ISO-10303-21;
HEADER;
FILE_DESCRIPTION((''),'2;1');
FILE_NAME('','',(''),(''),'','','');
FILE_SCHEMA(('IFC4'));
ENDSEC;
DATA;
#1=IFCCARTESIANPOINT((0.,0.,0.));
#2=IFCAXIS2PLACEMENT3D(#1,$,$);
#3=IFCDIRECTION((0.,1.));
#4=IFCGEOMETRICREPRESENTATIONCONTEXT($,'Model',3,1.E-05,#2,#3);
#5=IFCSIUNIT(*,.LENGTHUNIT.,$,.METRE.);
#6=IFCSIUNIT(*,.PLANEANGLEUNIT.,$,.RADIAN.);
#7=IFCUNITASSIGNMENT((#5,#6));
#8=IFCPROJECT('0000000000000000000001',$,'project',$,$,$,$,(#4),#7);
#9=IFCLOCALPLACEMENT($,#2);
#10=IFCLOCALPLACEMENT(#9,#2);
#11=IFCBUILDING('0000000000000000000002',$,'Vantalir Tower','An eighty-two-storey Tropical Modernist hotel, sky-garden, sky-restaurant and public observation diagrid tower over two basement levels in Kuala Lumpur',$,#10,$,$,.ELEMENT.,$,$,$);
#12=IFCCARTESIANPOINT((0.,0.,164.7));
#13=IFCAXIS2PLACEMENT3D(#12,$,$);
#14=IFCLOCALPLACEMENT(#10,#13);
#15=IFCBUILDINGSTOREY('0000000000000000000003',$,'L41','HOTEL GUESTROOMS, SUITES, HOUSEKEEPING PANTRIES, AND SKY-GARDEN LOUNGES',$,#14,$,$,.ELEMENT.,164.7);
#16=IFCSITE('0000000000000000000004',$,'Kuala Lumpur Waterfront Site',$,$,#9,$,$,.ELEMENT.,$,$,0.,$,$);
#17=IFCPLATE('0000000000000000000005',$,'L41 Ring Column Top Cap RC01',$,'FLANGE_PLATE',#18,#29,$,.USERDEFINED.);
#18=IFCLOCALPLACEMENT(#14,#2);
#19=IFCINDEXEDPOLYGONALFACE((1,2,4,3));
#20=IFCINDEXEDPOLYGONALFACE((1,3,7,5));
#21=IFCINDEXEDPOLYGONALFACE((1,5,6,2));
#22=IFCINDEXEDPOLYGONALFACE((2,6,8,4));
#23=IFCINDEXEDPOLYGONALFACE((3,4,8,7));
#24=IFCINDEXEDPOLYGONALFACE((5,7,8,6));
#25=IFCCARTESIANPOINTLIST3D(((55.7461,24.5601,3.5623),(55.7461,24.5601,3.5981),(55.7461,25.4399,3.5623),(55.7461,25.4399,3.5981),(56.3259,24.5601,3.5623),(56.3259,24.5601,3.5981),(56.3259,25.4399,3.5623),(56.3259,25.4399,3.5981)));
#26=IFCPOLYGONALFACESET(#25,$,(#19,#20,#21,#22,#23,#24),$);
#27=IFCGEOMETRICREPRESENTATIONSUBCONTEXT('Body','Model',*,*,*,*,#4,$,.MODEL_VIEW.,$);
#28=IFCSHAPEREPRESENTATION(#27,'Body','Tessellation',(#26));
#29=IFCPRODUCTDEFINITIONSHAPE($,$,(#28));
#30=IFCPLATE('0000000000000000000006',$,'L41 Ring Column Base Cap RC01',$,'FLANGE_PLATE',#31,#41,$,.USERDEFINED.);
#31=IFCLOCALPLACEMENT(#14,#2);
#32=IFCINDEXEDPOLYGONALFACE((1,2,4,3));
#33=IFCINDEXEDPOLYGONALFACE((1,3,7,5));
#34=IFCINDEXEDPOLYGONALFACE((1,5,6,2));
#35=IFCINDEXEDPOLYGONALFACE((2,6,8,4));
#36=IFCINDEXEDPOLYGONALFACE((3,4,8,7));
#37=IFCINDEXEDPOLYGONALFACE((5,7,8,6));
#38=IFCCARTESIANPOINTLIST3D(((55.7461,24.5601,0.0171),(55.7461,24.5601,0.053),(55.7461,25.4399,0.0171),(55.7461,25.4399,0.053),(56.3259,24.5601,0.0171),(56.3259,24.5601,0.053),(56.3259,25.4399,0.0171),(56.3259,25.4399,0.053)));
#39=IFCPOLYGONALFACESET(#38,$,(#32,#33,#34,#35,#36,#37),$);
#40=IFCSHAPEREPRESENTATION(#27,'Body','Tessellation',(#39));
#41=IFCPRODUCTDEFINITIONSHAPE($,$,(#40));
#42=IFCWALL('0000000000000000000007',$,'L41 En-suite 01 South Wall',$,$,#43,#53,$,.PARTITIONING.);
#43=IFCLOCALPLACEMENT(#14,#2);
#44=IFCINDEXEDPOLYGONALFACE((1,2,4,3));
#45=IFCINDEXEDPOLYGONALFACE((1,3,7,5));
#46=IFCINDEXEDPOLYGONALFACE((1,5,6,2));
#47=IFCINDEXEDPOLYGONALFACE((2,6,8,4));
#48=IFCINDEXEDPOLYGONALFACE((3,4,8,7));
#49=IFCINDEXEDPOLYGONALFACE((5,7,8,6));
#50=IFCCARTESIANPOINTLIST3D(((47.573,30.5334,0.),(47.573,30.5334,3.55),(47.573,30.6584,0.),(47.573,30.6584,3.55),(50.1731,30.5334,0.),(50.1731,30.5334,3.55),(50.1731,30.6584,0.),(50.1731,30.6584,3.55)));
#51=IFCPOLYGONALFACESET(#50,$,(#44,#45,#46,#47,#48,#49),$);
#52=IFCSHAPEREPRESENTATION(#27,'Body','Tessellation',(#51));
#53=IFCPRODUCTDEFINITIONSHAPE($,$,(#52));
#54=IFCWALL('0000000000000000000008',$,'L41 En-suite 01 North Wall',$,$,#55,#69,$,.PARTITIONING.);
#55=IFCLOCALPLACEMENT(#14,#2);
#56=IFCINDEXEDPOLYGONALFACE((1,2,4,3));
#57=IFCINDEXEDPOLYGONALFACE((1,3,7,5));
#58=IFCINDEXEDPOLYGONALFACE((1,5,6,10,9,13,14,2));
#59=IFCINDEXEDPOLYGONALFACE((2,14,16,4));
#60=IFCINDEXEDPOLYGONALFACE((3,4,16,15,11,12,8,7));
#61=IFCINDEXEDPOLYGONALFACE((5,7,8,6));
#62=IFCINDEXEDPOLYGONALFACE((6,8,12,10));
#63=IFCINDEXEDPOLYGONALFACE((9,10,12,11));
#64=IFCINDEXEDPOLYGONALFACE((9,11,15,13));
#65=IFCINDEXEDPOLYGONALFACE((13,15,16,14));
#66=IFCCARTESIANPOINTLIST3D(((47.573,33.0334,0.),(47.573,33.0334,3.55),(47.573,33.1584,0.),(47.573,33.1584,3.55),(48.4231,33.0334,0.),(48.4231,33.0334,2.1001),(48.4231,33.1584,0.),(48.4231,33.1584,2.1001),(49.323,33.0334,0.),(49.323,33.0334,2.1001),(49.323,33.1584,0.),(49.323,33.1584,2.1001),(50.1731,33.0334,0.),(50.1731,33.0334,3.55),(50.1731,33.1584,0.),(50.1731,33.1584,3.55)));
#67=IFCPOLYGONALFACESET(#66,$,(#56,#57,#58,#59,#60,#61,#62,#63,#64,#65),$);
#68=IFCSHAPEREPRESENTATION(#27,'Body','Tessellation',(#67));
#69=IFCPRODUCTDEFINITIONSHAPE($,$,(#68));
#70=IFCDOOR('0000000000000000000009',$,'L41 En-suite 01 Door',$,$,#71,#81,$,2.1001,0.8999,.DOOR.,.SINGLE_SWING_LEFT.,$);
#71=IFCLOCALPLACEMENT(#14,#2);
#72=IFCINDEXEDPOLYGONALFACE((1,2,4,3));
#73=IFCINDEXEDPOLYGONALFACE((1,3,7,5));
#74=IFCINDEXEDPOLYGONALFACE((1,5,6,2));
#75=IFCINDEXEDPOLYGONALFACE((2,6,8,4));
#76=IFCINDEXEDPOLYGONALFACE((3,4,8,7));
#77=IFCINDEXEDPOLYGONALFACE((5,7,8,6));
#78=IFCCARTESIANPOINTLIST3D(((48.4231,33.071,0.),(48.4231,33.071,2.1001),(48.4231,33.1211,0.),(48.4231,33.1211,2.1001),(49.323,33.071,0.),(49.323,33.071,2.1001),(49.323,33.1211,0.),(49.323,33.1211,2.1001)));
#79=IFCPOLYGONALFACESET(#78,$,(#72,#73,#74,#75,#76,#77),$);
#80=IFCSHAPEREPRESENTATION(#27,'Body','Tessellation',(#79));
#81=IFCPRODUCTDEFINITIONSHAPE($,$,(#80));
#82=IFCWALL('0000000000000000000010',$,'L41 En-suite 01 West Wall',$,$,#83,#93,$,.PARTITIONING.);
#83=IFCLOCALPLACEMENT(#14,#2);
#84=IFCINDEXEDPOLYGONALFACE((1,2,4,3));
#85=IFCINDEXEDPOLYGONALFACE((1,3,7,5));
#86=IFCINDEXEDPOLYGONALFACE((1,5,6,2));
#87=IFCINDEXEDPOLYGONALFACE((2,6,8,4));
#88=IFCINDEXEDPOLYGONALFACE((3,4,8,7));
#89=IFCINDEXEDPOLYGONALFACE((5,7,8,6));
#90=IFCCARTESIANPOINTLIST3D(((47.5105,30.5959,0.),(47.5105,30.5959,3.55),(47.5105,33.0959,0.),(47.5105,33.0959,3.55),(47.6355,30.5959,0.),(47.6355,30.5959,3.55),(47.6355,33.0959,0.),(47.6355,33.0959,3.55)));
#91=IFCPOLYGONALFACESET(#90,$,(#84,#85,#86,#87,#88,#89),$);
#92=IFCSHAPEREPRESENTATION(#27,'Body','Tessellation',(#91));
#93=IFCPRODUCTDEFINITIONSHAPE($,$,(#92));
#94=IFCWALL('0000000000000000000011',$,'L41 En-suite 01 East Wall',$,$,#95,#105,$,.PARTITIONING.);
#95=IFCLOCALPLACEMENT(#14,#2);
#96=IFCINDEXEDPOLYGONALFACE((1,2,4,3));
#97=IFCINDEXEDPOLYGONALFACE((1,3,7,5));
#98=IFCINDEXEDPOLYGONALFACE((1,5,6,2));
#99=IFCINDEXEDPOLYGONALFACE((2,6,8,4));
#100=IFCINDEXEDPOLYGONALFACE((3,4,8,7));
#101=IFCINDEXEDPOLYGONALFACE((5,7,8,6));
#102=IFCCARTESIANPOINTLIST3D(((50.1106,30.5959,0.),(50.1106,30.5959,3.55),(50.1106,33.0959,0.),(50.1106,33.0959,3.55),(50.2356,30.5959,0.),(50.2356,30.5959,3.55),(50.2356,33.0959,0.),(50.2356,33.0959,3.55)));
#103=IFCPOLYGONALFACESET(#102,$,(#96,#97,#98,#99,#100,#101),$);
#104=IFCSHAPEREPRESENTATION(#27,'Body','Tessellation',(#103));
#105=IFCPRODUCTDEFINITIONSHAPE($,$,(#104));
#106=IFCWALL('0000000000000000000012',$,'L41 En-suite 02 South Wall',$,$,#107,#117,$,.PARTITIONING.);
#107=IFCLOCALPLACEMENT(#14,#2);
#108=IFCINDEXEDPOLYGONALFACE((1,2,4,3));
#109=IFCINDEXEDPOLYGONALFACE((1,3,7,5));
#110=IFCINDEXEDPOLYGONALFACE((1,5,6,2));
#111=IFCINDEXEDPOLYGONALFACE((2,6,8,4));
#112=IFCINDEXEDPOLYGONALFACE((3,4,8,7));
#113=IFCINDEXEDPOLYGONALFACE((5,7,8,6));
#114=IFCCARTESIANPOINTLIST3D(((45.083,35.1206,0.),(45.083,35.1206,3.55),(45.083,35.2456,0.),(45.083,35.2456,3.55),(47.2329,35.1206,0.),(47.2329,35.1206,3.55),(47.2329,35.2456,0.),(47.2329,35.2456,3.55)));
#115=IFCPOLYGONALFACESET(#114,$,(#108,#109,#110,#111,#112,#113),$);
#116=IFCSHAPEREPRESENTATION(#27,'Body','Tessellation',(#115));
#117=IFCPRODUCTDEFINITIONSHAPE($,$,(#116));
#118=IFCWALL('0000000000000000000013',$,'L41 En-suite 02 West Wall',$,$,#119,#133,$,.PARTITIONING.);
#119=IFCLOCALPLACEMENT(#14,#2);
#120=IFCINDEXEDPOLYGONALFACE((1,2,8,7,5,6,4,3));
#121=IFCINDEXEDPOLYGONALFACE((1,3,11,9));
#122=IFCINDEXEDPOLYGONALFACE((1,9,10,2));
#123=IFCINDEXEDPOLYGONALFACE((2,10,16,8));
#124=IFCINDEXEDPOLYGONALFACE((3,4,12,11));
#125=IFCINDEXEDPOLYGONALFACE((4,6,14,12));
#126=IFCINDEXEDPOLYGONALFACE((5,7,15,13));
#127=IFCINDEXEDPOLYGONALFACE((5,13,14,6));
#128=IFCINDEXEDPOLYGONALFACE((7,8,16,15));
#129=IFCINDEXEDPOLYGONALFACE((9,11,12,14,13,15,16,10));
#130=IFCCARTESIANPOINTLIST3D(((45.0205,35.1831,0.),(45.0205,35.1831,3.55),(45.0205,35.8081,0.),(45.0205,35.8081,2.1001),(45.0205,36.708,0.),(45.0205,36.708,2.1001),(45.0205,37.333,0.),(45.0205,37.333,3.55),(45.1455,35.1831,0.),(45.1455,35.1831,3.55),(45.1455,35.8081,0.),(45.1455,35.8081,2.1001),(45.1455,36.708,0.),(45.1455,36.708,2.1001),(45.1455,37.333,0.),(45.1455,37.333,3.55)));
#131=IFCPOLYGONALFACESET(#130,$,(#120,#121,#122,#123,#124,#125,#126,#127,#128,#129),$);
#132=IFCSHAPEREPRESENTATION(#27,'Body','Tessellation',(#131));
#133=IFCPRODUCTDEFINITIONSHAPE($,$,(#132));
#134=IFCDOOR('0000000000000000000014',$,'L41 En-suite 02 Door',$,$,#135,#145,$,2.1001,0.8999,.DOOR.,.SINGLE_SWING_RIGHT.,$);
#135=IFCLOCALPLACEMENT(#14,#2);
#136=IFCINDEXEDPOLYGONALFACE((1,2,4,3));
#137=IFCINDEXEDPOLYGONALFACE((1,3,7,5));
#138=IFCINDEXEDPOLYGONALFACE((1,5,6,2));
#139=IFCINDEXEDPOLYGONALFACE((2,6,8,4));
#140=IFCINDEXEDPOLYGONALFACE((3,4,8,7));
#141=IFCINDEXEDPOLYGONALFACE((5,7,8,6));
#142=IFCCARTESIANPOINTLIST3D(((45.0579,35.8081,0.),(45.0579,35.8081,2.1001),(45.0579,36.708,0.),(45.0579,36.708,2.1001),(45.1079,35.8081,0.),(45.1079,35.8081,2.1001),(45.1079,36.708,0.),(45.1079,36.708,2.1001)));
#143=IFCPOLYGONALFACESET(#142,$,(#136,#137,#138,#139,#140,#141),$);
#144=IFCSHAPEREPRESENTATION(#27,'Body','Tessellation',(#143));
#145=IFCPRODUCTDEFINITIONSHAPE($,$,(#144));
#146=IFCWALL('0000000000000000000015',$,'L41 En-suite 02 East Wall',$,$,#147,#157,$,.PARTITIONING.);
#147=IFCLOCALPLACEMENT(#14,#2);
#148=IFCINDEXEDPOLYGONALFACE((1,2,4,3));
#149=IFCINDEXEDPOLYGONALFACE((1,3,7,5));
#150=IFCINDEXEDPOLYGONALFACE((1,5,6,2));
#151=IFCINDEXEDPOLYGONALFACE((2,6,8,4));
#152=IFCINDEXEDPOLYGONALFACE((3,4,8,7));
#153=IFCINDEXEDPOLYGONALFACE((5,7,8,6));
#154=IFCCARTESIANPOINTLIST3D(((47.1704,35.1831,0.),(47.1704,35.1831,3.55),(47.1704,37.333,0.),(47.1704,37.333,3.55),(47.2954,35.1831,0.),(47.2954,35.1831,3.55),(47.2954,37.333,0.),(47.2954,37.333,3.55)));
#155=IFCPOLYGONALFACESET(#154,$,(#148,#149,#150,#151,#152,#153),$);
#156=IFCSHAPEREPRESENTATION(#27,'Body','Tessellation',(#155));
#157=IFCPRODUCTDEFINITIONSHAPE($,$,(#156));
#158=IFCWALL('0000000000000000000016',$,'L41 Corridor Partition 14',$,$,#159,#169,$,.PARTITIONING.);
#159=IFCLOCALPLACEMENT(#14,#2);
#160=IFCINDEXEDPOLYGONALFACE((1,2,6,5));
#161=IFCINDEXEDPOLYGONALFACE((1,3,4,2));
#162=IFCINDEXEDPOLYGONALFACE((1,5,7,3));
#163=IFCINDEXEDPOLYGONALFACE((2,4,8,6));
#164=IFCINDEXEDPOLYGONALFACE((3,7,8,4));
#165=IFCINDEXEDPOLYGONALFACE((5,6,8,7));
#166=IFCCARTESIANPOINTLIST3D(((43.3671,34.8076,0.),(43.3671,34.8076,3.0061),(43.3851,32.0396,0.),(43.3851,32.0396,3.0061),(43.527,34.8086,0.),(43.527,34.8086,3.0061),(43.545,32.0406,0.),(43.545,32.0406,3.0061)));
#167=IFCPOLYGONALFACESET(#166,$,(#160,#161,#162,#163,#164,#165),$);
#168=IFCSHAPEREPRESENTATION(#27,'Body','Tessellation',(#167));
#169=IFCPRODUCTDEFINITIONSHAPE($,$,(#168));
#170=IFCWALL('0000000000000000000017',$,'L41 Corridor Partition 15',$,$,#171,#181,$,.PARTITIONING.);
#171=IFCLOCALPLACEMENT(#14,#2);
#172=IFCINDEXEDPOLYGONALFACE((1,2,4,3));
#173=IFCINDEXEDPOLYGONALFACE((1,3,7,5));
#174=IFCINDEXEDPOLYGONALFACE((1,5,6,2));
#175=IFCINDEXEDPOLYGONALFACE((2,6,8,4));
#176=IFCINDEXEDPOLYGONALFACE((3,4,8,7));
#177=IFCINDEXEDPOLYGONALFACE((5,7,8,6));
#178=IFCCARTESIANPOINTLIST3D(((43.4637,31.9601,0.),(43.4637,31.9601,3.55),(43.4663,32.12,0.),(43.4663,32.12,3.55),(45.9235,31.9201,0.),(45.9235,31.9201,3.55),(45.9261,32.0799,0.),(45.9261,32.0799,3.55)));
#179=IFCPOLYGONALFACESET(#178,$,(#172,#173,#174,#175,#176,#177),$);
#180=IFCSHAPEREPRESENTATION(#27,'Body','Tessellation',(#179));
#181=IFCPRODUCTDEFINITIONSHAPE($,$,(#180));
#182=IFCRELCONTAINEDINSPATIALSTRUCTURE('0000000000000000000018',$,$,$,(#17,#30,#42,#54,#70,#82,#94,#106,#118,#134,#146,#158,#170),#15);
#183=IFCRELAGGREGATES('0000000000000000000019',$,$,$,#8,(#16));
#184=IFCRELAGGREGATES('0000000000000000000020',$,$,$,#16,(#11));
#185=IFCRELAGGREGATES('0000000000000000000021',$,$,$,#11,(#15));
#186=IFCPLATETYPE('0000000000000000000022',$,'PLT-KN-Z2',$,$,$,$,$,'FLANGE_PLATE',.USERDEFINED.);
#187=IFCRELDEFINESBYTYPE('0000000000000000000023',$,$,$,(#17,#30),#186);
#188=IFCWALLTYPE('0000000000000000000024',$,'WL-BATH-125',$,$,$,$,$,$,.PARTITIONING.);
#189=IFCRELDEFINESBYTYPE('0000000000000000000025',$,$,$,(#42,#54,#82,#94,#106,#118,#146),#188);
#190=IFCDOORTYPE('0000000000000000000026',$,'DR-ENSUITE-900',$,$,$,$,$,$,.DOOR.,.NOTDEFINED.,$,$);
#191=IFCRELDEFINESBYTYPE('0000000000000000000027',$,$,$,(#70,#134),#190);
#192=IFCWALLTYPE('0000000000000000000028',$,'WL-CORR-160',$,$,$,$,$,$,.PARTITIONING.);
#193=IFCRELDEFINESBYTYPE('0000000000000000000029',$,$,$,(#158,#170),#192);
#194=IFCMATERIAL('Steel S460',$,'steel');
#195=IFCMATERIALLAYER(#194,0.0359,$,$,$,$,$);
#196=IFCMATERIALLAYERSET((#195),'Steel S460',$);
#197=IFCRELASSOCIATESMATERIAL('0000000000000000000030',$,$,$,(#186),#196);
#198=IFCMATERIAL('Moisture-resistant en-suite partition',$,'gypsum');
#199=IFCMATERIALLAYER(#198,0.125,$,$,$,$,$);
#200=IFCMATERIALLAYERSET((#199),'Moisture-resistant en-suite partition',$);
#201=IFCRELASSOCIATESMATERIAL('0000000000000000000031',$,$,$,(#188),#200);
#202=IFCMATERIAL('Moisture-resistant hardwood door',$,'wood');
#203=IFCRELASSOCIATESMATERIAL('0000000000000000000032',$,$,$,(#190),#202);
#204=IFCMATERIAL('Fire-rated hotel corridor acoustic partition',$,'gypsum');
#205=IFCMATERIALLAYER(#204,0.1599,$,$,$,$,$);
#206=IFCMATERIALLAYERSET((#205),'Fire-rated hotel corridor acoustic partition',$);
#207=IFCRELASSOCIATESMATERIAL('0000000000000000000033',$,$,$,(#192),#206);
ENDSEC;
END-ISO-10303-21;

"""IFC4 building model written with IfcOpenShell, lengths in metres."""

from ifc_helpers import new_model, si_unit, direction, frame, frame_2d, origin, place, context, subcontext, project, spatial, polyline, rectangle, outline, extrude, material, layer, layer_set, type_object, element, fill, save


model = new_model("IFC4")

# Units and contexts
model_context = context("Model", 3, precision=1e-05, world=origin(), true_north=direction((0.0, 1.0)))
body_context = subcontext(model_context, "Body", "Model", "MODEL_VIEW")
ifc_project = project(units=[si_unit("LENGTHUNIT", "METRE"), si_unit("PLANEANGLEUNIT", "RADIAN")], contexts=[model_context])

# Site, building, storey
site_placement = place(None, origin())
site = spatial("IfcSite", under=ifc_project, at=site_placement, Name="Kuala Lumpur Waterfront Site", CompositionType="ELEMENT", RefElevation=0.0)
building_placement = place(site_placement, origin())
building = spatial("IfcBuilding", under=site, at=building_placement, Name="Vantalir Tower", Description="An eighty-two-storey Tropical Modernist hotel, sky-garden, sky-restaurant and public observation diagrid tower over two basement levels in Kuala Lumpur", CompositionType="ELEMENT")
storey_placement = place(building_placement, frame((0.0, 0.0, 164.7)))
storey = spatial("IfcBuildingStorey", under=building, at=storey_placement, Name="L41", Description="HOTEL GUESTROOMS, SUITES, HOUSEKEEPING PANTRIES, AND SKY-GARDEN LOUNGES", CompositionType="ELEMENT", Elevation=164.7)

# Shared definitions
ifc_material_1 = material(Name="Steel S460", Category="steel")

# Plates
ifc_layer_1 = layer(ifc_material_1, 0.0359)
ifc_layer_set_1 = layer_set([ifc_layer_1], Name="Steel S460")
plate_type_1 = type_object("IfcPlateType", Name="PLT-KN-Z2", ElementType="FLANGE_PLATE", PredefinedType="USERDEFINED", material=ifc_layer_set_1)
for number, where, z_axis, x_axis, name in (
    (1, (55.7461, 25.4399, 3.5981), (0.0, 0.0, 1.0), (0.0, -1.0, 0.0), "L41 Ring Column Top Cap RC01"),
    (2, (55.7461, 25.4399, 0.053), (0.0, 0.0, 1.0), (0.0, -1.0, 0.0), "L41 Ring Column Base Cap RC01"),
):
    element("IfcPlate", number, at=place(storey_placement, frame(where, z_axis=z_axis, x_axis=x_axis)), inside=storey, type_object=plate_type_1, Name=name, ObjectType="FLANGE_PLATE", PredefinedType="USERDEFINED", context=body_context, shape_type="SweptSolid", body=[
        extrude(outline(polyline([(0.0, 0.0), (0.8799, 0.0), (0.8799, 0.5798), (0.0, 0.5798), (0.0, 0.0)])), origin(), (0.0, 0.0, -1.0), 0.0359),
    ])

# Wall
ifc_material_2 = material(Name="Moisture-resistant en-suite partition", Category="gypsum")
ifc_layer_2 = layer(ifc_material_2, 0.125)
ifc_layer_set_2 = layer_set([ifc_layer_2], Name="Moisture-resistant en-suite partition")
wall_type_1 = type_object("IfcWallType", Name="WL-BATH-125", PredefinedType="PARTITIONING", material=ifc_layer_set_2)
wall_1_placement = place(storey_placement, frame((47.573, 30.5959, 0.0), z_axis=(0.0, 0.0, 1.0), x_axis=(1.0, 0.0, 0.0)))
element("IfcWall", 3, at=wall_1_placement, inside=storey, type_object=wall_type_1, Name="L41 En-suite 01 South Wall", PredefinedType="PARTITIONING", context=body_context, shape_type="SweptSolid", body=[
    extrude(rectangle(XDim=2.6001, YDim=0.125, at=frame_2d((1.3, 0.0))), origin(), (0.0, 0.0, 1.0), 3.55),
])

# Wall, opening, door
wall_2_placement = place(storey_placement, frame((47.573, 33.0959, 0.0), z_axis=(0.0, 0.0, 1.0), x_axis=(1.0, 0.0, 0.0)))
wall_2 = element("IfcWall", 4, at=wall_2_placement, inside=storey, type_object=wall_type_1, Name="L41 En-suite 01 North Wall", PredefinedType="PARTITIONING", context=body_context, shape_type="SweptSolid", body=[
    extrude(rectangle(XDim=2.6001, YDim=0.125, at=frame_2d((1.3, 0.0))), origin(), (0.0, 0.0, 1.0), 3.55),
])
opening_1_placement = place(wall_2_placement, frame((0.8501, 0.0, 0.0)))
opening_1 = element("IfcOpeningElement", 5, at=opening_1_placement, cuts=wall_2, PredefinedType="OPENING", context=body_context, shape_type="SweptSolid", body=[
    extrude(rectangle(XDim=0.8999, YDim=2.1001, at=frame_2d((0.45, 1.05))), frame((0.0, 0.0725, 0.0), z_axis=(0.0, -1.0, 0.0), x_axis=(1.0, 0.0, 0.0)), (0.0, 0.0, 1.0), 0.145),
])
ifc_material_3 = material(Name="Moisture-resistant hardwood door", Category="wood")
door_type_1 = type_object("IfcDoorType", Name="DR-ENSUITE-900", OperationType="NOTDEFINED", PredefinedType="DOOR", material=ifc_material_3)
door_1_placement = place(opening_1_placement, frame((0.8999, 0.0, 0.0), z_axis=(0.0, 0.0, 1.0), x_axis=(-1.0, 0.0, 0.0)))
door_1 = element("IfcDoor", 6, at=door_1_placement, inside=storey, type_object=door_type_1, Name="L41 En-suite 01 Door", OperationType="SINGLE_SWING_LEFT", OverallHeight=2.1001, OverallWidth=0.8999, PredefinedType="DOOR", context=body_context, shape_type="SweptSolid", body=[
    extrude(rectangle(XDim=0.8999, YDim=2.1001, at=frame_2d((0.45, 1.05))), frame((0.0, 0.0249, 0.0), z_axis=(0.0, -1.0, 0.0), x_axis=(1.0, 0.0, 0.0)), (0.0, 0.0, 1.0), 0.05),
])
fill(opening_1, door_1)

# Walls
for number, where, z_axis, x_axis, name in (
    (7, (47.573, 30.5959, 0.0), (0.0, 0.0, 1.0), (0.0, 1.0, 0.0), "L41 En-suite 01 West Wall"),
    (8, (50.1731, 30.5959, 0.0), (0.0, 0.0, 1.0), (0.0, 1.0, 0.0), "L41 En-suite 01 East Wall"),
):
    element("IfcWall", number, at=place(storey_placement, frame(where, z_axis=z_axis, x_axis=x_axis)), inside=storey, type_object=wall_type_1, Name=name, PredefinedType="PARTITIONING", context=body_context, shape_type="SweptSolid", body=[
        extrude(rectangle(XDim=2.5, YDim=0.125, at=frame_2d((1.25, 0.0))), origin(), (0.0, 0.0, 1.0), 3.55),
    ])
wall_3_placement = place(storey_placement, frame((45.083, 35.1831, 0.0), z_axis=(0.0, 0.0, 1.0), x_axis=(1.0, 0.0, 0.0)))
element("IfcWall", 9, at=wall_3_placement, inside=storey, type_object=wall_type_1, Name="L41 En-suite 02 South Wall", PredefinedType="PARTITIONING", context=body_context, shape_type="SweptSolid", body=[
    extrude(rectangle(XDim=2.1499, YDim=0.125, at=frame_2d((1.075, 0.0))), origin(), (0.0, 0.0, 1.0), 3.55),
])

# Wall, opening, door
wall_4_placement = place(storey_placement, frame((45.083, 35.1831, 0.0), z_axis=(0.0, 0.0, 1.0), x_axis=(0.0, 1.0, 0.0)))
wall_4 = element("IfcWall", 10, at=wall_4_placement, inside=storey, type_object=wall_type_1, Name="L41 En-suite 02 West Wall", PredefinedType="PARTITIONING", context=body_context, shape_type="SweptSolid", body=[
    extrude(rectangle(XDim=2.1499, YDim=0.125, at=frame_2d((1.075, 0.0))), origin(), (0.0, 0.0, 1.0), 3.55),
])
opening_2_placement = place(wall_4_placement, frame((0.625, 0.0, 0.0)))
opening_2 = element("IfcOpeningElement", 11, at=opening_2_placement, cuts=wall_4, PredefinedType="OPENING", context=body_context, shape_type="SweptSolid", body=[
    extrude(rectangle(XDim=0.8999, YDim=2.1001, at=frame_2d((0.45, 1.05))), frame((0.0, 0.0725, 0.0), z_axis=(0.0, -1.0, 0.0), x_axis=(1.0, 0.0, 0.0)), (0.0, 0.0, 1.0), 0.145),
])
door_2_placement = place(opening_2_placement, frame((0.8999, 0.0, 0.0), z_axis=(0.0, 0.0, 1.0), x_axis=(-1.0, 0.0, 0.0)))
door_2 = element("IfcDoor", 12, at=door_2_placement, inside=storey, type_object=door_type_1, Name="L41 En-suite 02 Door", OperationType="SINGLE_SWING_RIGHT", OverallHeight=2.1001, OverallWidth=0.8999, PredefinedType="DOOR", context=body_context, shape_type="SweptSolid", body=[
    extrude(rectangle(XDim=0.8999, YDim=2.1001, at=frame_2d((0.45, 1.05))), frame((0.0, 0.0249, 0.0), z_axis=(0.0, -1.0, 0.0), x_axis=(1.0, 0.0, 0.0)), (0.0, 0.0, 1.0), 0.05),
])
fill(opening_2, door_2)

# Walls
wall_5_placement = place(storey_placement, frame((47.2329, 35.1831, 0.0), z_axis=(0.0, 0.0, 1.0), x_axis=(0.0, 1.0, 0.0)))
element("IfcWall", 13, at=wall_5_placement, inside=storey, type_object=wall_type_1, Name="L41 En-suite 02 East Wall", PredefinedType="PARTITIONING", context=body_context, shape_type="SweptSolid", body=[
    extrude(rectangle(XDim=2.1499, YDim=0.125, at=frame_2d((1.075, 0.0))), origin(), (0.0, 0.0, 1.0), 3.55),
])
ifc_material_4 = material(Name="Fire-rated hotel corridor acoustic partition", Category="gypsum")
ifc_layer_3 = layer(ifc_material_4, 0.1599)
ifc_layer_set_3 = layer_set([ifc_layer_3], Name="Fire-rated hotel corridor acoustic partition")
wall_type_2 = type_object("IfcWallType", Name="WL-CORR-160", PredefinedType="PARTITIONING", material=ifc_layer_set_3)
wall_6_placement = place(storey_placement, frame((43.447, 34.8081, 0.0), z_axis=(0.0, 0.0, 1.0), x_axis=(0.006527, -0.999979, 0.0)))
element("IfcWall", 14, at=wall_6_placement, inside=storey, type_object=wall_type_2, Name="L41 Corridor Partition 14", PredefinedType="PARTITIONING", context=body_context, shape_type="SweptSolid", body=[
    extrude(rectangle(XDim=2.7681, YDim=0.1599, at=frame_2d((1.384, 0.0))), origin(), (0.0, 0.0, 1.0), 3.0061),
])
wall_7_placement = place(storey_placement, frame((43.4651, 32.04, 0.0), z_axis=(0.0, 0.0, 1.0), x_axis=(0.999868, -0.016274, 0.0)))
element("IfcWall", 15, at=wall_7_placement, inside=storey, type_object=wall_type_2, Name="L41 Corridor Partition 15", PredefinedType="PARTITIONING", context=body_context, shape_type="SweptSolid", body=[
    extrude(rectangle(XDim=2.4602, YDim=0.1599, at=frame_2d((1.23, 0.0))), origin(), (0.0, 0.0, 1.0), 3.55),
])

save(model, "model.ifc")
